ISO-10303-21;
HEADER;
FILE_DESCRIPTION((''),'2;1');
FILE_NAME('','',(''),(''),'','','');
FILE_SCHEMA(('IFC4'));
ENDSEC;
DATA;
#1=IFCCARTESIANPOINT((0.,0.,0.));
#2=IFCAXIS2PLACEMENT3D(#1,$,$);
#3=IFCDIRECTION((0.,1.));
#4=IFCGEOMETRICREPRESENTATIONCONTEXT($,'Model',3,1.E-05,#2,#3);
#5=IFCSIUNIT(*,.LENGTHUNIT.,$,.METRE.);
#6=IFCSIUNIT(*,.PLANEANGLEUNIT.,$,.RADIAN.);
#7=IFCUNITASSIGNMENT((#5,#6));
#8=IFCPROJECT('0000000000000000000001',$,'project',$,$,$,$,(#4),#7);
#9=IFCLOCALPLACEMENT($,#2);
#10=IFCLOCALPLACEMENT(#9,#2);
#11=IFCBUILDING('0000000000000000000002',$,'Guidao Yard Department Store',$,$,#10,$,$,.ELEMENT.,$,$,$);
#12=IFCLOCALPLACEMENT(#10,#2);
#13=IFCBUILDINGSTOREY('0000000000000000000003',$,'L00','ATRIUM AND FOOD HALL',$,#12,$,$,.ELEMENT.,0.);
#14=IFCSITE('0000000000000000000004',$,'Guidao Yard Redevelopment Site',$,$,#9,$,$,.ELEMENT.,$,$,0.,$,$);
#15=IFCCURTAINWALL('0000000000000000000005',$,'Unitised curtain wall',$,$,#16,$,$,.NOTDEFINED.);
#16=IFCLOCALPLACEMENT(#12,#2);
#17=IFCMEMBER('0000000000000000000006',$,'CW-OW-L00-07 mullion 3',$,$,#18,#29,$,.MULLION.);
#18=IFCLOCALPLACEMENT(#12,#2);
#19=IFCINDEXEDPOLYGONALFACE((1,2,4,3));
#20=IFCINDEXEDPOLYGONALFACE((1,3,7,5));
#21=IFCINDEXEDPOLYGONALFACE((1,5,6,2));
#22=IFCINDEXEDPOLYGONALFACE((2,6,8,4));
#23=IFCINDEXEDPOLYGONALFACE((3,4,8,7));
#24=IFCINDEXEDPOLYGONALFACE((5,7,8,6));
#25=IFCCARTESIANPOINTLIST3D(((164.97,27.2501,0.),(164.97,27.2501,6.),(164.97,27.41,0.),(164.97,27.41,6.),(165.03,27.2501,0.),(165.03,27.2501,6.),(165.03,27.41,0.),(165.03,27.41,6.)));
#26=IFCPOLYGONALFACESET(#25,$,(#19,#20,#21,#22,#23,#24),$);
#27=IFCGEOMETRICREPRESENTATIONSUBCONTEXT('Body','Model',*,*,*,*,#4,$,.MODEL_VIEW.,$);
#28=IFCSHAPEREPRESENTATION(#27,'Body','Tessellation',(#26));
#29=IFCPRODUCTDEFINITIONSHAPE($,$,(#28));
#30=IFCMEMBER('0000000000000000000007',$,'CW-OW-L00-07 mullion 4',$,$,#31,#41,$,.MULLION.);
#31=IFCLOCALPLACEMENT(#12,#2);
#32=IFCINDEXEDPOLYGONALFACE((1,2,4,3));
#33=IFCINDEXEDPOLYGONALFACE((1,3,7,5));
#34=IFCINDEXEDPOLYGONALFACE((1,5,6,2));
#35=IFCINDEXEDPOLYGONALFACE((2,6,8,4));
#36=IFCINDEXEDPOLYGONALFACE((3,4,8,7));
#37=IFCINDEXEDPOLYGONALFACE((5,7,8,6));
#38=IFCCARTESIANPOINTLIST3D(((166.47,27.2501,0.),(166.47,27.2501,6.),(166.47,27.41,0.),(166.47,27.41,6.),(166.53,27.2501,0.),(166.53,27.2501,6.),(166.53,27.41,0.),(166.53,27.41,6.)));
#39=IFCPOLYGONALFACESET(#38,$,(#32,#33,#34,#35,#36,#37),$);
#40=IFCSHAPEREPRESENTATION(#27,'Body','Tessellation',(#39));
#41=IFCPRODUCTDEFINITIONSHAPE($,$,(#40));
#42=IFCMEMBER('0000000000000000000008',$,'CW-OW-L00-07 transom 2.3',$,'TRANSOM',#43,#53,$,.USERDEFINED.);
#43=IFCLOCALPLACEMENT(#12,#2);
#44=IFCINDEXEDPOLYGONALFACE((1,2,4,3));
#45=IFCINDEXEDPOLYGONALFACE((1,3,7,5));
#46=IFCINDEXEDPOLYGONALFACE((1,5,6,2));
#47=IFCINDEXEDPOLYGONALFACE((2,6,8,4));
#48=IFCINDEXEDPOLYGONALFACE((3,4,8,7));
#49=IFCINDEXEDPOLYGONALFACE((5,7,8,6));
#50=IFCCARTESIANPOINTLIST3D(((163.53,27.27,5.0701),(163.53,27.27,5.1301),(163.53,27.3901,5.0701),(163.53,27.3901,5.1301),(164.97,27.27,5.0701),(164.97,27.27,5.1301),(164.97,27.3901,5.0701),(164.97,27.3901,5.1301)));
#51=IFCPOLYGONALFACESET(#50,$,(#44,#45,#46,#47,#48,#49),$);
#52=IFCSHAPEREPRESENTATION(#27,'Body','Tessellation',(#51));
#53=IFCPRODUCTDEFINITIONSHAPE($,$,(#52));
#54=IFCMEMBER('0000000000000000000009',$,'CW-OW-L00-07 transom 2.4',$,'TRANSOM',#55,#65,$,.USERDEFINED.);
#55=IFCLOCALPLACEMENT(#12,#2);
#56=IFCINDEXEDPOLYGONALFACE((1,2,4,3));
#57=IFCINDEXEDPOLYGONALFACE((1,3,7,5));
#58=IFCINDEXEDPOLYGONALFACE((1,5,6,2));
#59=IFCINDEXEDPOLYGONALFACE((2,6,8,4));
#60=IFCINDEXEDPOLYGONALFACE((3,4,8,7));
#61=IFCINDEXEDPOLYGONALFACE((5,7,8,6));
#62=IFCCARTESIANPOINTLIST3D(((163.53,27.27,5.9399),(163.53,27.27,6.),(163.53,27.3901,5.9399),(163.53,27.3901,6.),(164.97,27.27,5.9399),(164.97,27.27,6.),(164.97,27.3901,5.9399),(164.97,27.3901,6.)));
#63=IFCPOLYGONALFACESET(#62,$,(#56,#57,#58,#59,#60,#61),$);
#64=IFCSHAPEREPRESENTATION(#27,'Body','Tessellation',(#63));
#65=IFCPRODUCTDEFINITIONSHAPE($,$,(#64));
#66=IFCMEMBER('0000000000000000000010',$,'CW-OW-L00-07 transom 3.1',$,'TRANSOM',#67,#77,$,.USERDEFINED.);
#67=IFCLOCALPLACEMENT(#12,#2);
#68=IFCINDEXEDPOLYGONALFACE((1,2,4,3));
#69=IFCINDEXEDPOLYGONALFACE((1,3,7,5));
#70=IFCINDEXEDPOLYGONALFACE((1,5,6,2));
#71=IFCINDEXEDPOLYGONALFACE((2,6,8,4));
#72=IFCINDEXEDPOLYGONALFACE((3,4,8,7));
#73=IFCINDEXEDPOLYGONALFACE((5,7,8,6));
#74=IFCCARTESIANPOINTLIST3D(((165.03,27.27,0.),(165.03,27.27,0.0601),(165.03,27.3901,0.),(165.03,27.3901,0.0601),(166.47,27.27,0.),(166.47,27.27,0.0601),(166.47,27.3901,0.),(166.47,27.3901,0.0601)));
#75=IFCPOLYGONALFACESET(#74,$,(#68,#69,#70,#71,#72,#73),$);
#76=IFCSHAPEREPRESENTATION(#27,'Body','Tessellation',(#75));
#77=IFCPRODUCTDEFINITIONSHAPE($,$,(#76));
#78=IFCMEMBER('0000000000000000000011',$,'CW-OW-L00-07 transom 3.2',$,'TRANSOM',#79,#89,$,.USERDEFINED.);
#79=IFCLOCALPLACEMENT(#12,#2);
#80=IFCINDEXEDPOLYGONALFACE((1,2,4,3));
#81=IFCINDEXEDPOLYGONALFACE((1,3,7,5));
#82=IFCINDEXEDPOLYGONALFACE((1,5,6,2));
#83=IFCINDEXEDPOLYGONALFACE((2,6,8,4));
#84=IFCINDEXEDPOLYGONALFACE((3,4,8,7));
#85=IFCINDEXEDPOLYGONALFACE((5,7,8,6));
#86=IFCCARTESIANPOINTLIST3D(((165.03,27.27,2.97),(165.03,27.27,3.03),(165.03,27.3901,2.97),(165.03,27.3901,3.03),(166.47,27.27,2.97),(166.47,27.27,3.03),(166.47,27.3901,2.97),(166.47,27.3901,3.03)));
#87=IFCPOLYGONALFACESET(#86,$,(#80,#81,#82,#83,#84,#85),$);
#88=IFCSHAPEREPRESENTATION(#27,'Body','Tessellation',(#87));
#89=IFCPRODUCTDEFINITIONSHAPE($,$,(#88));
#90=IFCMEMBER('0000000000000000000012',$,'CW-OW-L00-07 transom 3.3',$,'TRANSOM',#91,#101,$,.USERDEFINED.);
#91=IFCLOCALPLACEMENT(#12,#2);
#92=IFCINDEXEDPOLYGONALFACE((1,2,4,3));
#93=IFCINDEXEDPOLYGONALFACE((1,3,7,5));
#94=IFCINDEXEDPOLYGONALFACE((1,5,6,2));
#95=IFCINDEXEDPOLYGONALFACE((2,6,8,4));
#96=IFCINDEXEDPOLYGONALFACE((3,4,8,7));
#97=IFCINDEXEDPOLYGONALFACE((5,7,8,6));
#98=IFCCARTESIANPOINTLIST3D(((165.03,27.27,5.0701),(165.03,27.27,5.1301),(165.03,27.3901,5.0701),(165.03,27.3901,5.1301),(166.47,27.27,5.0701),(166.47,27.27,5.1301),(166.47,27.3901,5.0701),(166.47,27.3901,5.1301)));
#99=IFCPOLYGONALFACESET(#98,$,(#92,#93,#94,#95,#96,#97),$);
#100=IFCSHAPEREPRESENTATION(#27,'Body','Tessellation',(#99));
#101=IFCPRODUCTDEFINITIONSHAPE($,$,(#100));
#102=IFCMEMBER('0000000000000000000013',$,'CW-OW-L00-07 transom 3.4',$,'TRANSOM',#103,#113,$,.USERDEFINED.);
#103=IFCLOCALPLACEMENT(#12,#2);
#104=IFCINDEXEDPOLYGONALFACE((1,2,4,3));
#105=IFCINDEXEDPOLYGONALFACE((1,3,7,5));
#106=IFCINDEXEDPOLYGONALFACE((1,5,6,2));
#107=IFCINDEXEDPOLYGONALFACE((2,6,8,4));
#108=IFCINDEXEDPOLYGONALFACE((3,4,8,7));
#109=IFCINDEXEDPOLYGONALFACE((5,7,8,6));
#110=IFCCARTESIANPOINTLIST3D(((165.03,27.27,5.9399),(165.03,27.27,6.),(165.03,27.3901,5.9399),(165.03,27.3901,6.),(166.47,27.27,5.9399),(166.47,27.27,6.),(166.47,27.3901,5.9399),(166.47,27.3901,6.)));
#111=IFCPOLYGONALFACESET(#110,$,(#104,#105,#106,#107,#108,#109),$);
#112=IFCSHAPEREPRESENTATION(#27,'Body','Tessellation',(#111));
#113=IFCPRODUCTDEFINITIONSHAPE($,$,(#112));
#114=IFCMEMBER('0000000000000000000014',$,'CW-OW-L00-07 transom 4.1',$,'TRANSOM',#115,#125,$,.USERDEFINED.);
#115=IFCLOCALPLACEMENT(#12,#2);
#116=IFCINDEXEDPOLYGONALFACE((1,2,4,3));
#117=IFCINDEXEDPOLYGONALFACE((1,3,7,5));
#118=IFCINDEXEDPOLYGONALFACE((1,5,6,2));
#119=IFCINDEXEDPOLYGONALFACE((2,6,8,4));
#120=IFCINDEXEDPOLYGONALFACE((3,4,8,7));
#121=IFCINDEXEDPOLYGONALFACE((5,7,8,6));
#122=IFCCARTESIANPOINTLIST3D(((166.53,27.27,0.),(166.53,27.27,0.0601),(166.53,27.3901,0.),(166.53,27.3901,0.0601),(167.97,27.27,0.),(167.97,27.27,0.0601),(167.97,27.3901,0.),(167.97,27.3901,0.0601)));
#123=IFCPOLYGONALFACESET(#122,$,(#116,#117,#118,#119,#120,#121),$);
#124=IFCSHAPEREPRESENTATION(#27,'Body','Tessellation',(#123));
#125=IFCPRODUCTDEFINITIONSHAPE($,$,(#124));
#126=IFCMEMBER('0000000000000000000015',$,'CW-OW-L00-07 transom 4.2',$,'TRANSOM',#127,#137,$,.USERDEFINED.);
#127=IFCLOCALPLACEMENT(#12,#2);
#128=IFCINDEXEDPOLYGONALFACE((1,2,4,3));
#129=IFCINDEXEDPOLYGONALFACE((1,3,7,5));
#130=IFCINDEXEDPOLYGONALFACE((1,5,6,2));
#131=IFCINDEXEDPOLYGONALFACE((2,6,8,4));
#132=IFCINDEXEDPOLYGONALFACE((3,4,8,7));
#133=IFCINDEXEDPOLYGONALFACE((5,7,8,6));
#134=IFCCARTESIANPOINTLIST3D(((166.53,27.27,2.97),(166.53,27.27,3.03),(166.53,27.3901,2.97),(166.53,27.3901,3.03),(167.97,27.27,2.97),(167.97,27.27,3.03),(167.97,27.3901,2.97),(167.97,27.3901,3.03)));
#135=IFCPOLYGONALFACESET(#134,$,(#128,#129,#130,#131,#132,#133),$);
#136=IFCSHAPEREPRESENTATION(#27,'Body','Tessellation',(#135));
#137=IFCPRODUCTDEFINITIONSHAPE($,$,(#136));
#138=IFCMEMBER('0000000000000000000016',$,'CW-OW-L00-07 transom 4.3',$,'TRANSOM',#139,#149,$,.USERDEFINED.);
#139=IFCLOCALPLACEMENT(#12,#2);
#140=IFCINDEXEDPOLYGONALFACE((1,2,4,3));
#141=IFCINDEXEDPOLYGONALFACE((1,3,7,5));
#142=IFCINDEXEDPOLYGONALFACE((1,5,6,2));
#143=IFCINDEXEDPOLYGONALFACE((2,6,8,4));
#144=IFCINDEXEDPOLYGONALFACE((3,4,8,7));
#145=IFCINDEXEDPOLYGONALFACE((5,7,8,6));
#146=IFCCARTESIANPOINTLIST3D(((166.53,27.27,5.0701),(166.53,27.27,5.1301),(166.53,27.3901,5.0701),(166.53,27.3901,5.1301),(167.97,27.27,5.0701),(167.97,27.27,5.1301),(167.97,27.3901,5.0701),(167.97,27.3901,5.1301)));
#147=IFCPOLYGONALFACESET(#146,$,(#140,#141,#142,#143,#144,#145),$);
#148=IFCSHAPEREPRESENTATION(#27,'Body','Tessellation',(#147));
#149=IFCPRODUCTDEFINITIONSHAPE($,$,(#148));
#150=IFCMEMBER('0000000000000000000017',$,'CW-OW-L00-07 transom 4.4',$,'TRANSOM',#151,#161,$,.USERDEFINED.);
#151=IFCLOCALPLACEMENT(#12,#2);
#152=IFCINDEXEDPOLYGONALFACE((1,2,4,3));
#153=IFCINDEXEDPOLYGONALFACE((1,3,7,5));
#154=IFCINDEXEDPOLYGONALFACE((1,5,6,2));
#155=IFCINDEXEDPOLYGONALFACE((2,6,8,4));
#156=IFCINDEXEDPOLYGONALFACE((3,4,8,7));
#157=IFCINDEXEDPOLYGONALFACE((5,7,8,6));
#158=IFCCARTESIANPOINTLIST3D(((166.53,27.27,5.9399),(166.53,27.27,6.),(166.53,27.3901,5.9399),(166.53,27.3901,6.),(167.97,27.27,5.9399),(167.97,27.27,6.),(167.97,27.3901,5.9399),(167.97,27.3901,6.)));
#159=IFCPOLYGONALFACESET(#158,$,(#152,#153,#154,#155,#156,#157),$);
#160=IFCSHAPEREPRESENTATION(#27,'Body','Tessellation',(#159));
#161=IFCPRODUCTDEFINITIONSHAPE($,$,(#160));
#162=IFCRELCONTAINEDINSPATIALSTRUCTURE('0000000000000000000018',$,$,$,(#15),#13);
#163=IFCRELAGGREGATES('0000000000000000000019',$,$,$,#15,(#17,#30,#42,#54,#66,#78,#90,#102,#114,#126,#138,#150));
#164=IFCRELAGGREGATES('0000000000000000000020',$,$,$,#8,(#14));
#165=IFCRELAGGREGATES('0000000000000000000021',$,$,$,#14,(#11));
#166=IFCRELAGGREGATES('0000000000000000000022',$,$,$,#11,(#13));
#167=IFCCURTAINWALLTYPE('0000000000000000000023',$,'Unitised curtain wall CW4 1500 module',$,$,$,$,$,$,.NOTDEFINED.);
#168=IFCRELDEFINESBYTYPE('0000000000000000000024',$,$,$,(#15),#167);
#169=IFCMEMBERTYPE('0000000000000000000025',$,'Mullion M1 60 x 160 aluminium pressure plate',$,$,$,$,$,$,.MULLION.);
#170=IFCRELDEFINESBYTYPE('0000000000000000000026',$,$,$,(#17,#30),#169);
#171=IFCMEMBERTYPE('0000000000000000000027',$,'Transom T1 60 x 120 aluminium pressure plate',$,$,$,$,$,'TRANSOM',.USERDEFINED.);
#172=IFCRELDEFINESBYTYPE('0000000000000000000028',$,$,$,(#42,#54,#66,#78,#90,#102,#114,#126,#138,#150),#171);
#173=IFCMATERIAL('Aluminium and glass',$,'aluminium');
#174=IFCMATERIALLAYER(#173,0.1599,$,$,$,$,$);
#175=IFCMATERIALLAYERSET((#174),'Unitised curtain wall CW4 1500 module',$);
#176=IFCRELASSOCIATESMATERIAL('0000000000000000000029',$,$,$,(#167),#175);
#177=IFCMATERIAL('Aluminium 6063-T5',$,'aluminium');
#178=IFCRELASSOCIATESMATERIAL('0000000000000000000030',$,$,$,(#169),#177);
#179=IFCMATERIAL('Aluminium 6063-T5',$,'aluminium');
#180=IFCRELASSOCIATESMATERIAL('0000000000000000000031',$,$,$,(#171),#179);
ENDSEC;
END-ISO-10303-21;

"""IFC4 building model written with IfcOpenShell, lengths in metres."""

from ifc_helpers import new_model, si_unit, direction, frame, origin, origin_2d, place, context, subcontext, project, spatial, rectangle, extrude, material, layer, layer_set, material_profile, profile_set, type_object, element, aggregate, save


model = new_model("IFC4")

# Units and contexts
model_context = context("Model", 3, precision=1e-05, world=origin(), true_north=direction((0.0, 1.0)))
body_context = subcontext(model_context, "Body", "Model", "MODEL_VIEW")
ifc_project = project(units=[si_unit("LENGTHUNIT", "METRE"), si_unit("PLANEANGLEUNIT", "RADIAN")], contexts=[model_context])

# Site, building, storey
site_placement = place(None, origin())
site = spatial("IfcSite", under=ifc_project, at=site_placement, Name="Guidao Yard Redevelopment Site", CompositionType="ELEMENT", RefElevation=0.0)
building_placement = place(site_placement, origin())
building = spatial("IfcBuilding", under=site, at=building_placement, Name="Guidao Yard Department Store", CompositionType="ELEMENT")
storey_placement = place(building_placement, origin())
storey = spatial("IfcBuildingStorey", under=building, at=storey_placement, Name="L00", Description="ATRIUM AND FOOD HALL", CompositionType="ELEMENT", Elevation=0.0)

# Curtain wall, members
ifc_material_1 = material(Name="Aluminium and glass", Category="aluminium")
ifc_layer_1 = layer(ifc_material_1, 0.1599)
ifc_layer_set_1 = layer_set([ifc_layer_1], Name="Unitised curtain wall CW4 1500 module")
curtain_wall_type = type_object("IfcCurtainWallType", Name="Unitised curtain wall CW4 1500 module", PredefinedType="NOTDEFINED", material=ifc_layer_set_1)
curtain_wall_placement = place(storey_placement, origin())
curtain_wall = element("IfcCurtainWall", 1, at=curtain_wall_placement, inside=storey, type_object=curtain_wall_type, Name="Unitised curtain wall", PredefinedType="NOTDEFINED")
ifc_material_2 = material(Name="Aluminium 6063-T5", Category="aluminium")
ifc_material_profile_1 = material_profile(ifc_material_2, rectangle(XDim=0.0601, YDim=0.1599, at=origin_2d()), Name="Mullion M1 60 x 160 aluminium pressure plate")
ifc_profile_set_1 = profile_set([ifc_material_profile_1], Name="Aluminium 6063-T5")
member_type_1 = type_object("IfcMemberType", Name="Mullion M1 60 x 160 aluminium pressure plate", PredefinedType="MULLION", material=ifc_profile_set_1)
member_1_placement = place(storey_placement, frame((165.0, 27.3301, 0.0), z_axis=(0.0, 0.0, 1.0), x_axis=(1.0, 0.0, 0.0)))
member_1 = element("IfcMember", 2, at=member_1_placement, type_object=member_type_1, Name="CW-OW-L00-07 mullion 3", PredefinedType="MULLION", context=body_context, shape_type="SweptSolid", body=[
    extrude(rectangle(XDim=0.0601, YDim=0.1599, at=origin_2d()), origin(), (0.0, 0.0, 1.0), 6.0),
])
member_2_placement = place(storey_placement, frame((166.5, 27.3301, 0.0), z_axis=(0.0, 0.0, 1.0), x_axis=(1.0, 0.0, 0.0)))
member_2 = element("IfcMember", 3, at=member_2_placement, type_object=member_type_1, Name="CW-OW-L00-07 mullion 4", PredefinedType="MULLION", context=body_context, shape_type="SweptSolid", body=[
    extrude(rectangle(XDim=0.0601, YDim=0.1599, at=origin_2d()), origin(), (0.0, 0.0, 1.0), 6.0),
])
ifc_material_3 = material(Name="Aluminium 6063-T5", Category="aluminium")
ifc_material_profile_2 = material_profile(ifc_material_3, rectangle(XDim=0.1201, YDim=0.0601, at=origin_2d()), Name="Transom T1 60 x 120 aluminium pressure plate")
ifc_profile_set_2 = profile_set([ifc_material_profile_2], Name="Aluminium 6063-T5")
member_type_2 = type_object("IfcMemberType", Name="Transom T1 60 x 120 aluminium pressure plate", ElementType="TRANSOM", PredefinedType="USERDEFINED", material=ifc_profile_set_2)
member_3_placement = place(storey_placement, frame((163.53, 27.3301, 5.1001), z_axis=(1.0, 0.0, 0.0), x_axis=(0.0, 1.0, 0.0)))
member_3 = element("IfcMember", 4, at=member_3_placement, type_object=member_type_2, Name="CW-OW-L00-07 transom 2.3", ObjectType="TRANSOM", PredefinedType="USERDEFINED", context=body_context, shape_type="SweptSolid", body=[
    extrude(rectangle(XDim=0.1201, YDim=0.0601, at=origin_2d()), origin(), (0.0, 0.0, 1.0), 1.4399),
])
member_4_placement = place(storey_placement, frame((163.53, 27.3301, 5.97), z_axis=(1.0, 0.0, 0.0), x_axis=(0.0, 1.0, 0.0)))
member_4 = element("IfcMember", 5, at=member_4_placement, type_object=member_type_2, Name="CW-OW-L00-07 transom 2.4", ObjectType="TRANSOM", PredefinedType="USERDEFINED", context=body_context, shape_type="SweptSolid", body=[
    extrude(rectangle(XDim=0.1201, YDim=0.0601, at=origin_2d()), origin(), (0.0, 0.0, 1.0), 1.4399),
])
member_5_placement = place(storey_placement, frame((165.03, 27.3301, 0.03), z_axis=(1.0, 0.0, 0.0), x_axis=(0.0, 1.0, 0.0)))
member_5 = element("IfcMember", 6, at=member_5_placement, type_object=member_type_2, Name="CW-OW-L00-07 transom 3.1", ObjectType="TRANSOM", PredefinedType="USERDEFINED", context=body_context, shape_type="SweptSolid", body=[
    extrude(rectangle(XDim=0.1201, YDim=0.0601, at=origin_2d()), origin(), (0.0, 0.0, 1.0), 1.4399),
])
member_6_placement = place(storey_placement, frame((165.03, 27.3301, 3.0), z_axis=(1.0, 0.0, 0.0), x_axis=(0.0, 1.0, 0.0)))
member_6 = element("IfcMember", 7, at=member_6_placement, type_object=member_type_2, Name="CW-OW-L00-07 transom 3.2", ObjectType="TRANSOM", PredefinedType="USERDEFINED", context=body_context, shape_type="SweptSolid", body=[
    extrude(rectangle(XDim=0.1201, YDim=0.0601, at=origin_2d()), origin(), (0.0, 0.0, 1.0), 1.4399),
])
member_7_placement = place(storey_placement, frame((165.03, 27.3301, 5.1001), z_axis=(1.0, 0.0, 0.0), x_axis=(0.0, 1.0, 0.0)))
member_7 = element("IfcMember", 8, at=member_7_placement, type_object=member_type_2, Name="CW-OW-L00-07 transom 3.3", ObjectType="TRANSOM", PredefinedType="USERDEFINED", context=body_context, shape_type="SweptSolid", body=[
    extrude(rectangle(XDim=0.1201, YDim=0.0601, at=origin_2d()), origin(), (0.0, 0.0, 1.0), 1.4399),
])
member_8_placement = place(storey_placement, frame((165.03, 27.3301, 5.97), z_axis=(1.0, 0.0, 0.0), x_axis=(0.0, 1.0, 0.0)))
member_8 = element("IfcMember", 9, at=member_8_placement, type_object=member_type_2, Name="CW-OW-L00-07 transom 3.4", ObjectType="TRANSOM", PredefinedType="USERDEFINED", context=body_context, shape_type="SweptSolid", body=[
    extrude(rectangle(XDim=0.1201, YDim=0.0601, at=origin_2d()), origin(), (0.0, 0.0, 1.0), 1.4399),
])
member_9_placement = place(storey_placement, frame((166.53, 27.3301, 0.03), z_axis=(1.0, 0.0, 0.0), x_axis=(0.0, 1.0, 0.0)))
member_9 = element("IfcMember", 10, at=member_9_placement, type_object=member_type_2, Name="CW-OW-L00-07 transom 4.1", ObjectType="TRANSOM", PredefinedType="USERDEFINED", context=body_context, shape_type="SweptSolid", body=[
    extrude(rectangle(XDim=0.1201, YDim=0.0601, at=origin_2d()), origin(), (0.0, 0.0, 1.0), 1.4399),
])
member_10_placement = place(storey_placement, frame((166.53, 27.3301, 3.0), z_axis=(1.0, 0.0, 0.0), x_axis=(0.0, 1.0, 0.0)))
member_10 = element("IfcMember", 11, at=member_10_placement, type_object=member_type_2, Name="CW-OW-L00-07 transom 4.2", ObjectType="TRANSOM", PredefinedType="USERDEFINED", context=body_context, shape_type="SweptSolid", body=[
    extrude(rectangle(XDim=0.1201, YDim=0.0601, at=origin_2d()), origin(), (0.0, 0.0, 1.0), 1.4399),
])
member_11_placement = place(storey_placement, frame((166.53, 27.3301, 5.1001), z_axis=(1.0, 0.0, 0.0), x_axis=(0.0, 1.0, 0.0)))
member_11 = element("IfcMember", 12, at=member_11_placement, type_object=member_type_2, Name="CW-OW-L00-07 transom 4.3", ObjectType="TRANSOM", PredefinedType="USERDEFINED", context=body_context, shape_type="SweptSolid", body=[
    extrude(rectangle(XDim=0.1201, YDim=0.0601, at=origin_2d()), origin(), (0.0, 0.0, 1.0), 1.4399),
])
member_12_placement = place(storey_placement, frame((166.53, 27.3301, 5.97), z_axis=(1.0, 0.0, 0.0), x_axis=(0.0, 1.0, 0.0)))
member_12 = element("IfcMember", 13, at=member_12_placement, type_object=member_type_2, Name="CW-OW-L00-07 transom 4.4", ObjectType="TRANSOM", PredefinedType="USERDEFINED", context=body_context, shape_type="SweptSolid", body=[
    extrude(rectangle(XDim=0.1201, YDim=0.0601, at=origin_2d()), origin(), (0.0, 0.0, 1.0), 1.4399),
])

aggregate(curtain_wall, [member_1, member_2, member_3, member_4, member_5, member_6, member_7, member_8, member_9, member_10, member_11, member_12])

save(model, "model.ifc")
